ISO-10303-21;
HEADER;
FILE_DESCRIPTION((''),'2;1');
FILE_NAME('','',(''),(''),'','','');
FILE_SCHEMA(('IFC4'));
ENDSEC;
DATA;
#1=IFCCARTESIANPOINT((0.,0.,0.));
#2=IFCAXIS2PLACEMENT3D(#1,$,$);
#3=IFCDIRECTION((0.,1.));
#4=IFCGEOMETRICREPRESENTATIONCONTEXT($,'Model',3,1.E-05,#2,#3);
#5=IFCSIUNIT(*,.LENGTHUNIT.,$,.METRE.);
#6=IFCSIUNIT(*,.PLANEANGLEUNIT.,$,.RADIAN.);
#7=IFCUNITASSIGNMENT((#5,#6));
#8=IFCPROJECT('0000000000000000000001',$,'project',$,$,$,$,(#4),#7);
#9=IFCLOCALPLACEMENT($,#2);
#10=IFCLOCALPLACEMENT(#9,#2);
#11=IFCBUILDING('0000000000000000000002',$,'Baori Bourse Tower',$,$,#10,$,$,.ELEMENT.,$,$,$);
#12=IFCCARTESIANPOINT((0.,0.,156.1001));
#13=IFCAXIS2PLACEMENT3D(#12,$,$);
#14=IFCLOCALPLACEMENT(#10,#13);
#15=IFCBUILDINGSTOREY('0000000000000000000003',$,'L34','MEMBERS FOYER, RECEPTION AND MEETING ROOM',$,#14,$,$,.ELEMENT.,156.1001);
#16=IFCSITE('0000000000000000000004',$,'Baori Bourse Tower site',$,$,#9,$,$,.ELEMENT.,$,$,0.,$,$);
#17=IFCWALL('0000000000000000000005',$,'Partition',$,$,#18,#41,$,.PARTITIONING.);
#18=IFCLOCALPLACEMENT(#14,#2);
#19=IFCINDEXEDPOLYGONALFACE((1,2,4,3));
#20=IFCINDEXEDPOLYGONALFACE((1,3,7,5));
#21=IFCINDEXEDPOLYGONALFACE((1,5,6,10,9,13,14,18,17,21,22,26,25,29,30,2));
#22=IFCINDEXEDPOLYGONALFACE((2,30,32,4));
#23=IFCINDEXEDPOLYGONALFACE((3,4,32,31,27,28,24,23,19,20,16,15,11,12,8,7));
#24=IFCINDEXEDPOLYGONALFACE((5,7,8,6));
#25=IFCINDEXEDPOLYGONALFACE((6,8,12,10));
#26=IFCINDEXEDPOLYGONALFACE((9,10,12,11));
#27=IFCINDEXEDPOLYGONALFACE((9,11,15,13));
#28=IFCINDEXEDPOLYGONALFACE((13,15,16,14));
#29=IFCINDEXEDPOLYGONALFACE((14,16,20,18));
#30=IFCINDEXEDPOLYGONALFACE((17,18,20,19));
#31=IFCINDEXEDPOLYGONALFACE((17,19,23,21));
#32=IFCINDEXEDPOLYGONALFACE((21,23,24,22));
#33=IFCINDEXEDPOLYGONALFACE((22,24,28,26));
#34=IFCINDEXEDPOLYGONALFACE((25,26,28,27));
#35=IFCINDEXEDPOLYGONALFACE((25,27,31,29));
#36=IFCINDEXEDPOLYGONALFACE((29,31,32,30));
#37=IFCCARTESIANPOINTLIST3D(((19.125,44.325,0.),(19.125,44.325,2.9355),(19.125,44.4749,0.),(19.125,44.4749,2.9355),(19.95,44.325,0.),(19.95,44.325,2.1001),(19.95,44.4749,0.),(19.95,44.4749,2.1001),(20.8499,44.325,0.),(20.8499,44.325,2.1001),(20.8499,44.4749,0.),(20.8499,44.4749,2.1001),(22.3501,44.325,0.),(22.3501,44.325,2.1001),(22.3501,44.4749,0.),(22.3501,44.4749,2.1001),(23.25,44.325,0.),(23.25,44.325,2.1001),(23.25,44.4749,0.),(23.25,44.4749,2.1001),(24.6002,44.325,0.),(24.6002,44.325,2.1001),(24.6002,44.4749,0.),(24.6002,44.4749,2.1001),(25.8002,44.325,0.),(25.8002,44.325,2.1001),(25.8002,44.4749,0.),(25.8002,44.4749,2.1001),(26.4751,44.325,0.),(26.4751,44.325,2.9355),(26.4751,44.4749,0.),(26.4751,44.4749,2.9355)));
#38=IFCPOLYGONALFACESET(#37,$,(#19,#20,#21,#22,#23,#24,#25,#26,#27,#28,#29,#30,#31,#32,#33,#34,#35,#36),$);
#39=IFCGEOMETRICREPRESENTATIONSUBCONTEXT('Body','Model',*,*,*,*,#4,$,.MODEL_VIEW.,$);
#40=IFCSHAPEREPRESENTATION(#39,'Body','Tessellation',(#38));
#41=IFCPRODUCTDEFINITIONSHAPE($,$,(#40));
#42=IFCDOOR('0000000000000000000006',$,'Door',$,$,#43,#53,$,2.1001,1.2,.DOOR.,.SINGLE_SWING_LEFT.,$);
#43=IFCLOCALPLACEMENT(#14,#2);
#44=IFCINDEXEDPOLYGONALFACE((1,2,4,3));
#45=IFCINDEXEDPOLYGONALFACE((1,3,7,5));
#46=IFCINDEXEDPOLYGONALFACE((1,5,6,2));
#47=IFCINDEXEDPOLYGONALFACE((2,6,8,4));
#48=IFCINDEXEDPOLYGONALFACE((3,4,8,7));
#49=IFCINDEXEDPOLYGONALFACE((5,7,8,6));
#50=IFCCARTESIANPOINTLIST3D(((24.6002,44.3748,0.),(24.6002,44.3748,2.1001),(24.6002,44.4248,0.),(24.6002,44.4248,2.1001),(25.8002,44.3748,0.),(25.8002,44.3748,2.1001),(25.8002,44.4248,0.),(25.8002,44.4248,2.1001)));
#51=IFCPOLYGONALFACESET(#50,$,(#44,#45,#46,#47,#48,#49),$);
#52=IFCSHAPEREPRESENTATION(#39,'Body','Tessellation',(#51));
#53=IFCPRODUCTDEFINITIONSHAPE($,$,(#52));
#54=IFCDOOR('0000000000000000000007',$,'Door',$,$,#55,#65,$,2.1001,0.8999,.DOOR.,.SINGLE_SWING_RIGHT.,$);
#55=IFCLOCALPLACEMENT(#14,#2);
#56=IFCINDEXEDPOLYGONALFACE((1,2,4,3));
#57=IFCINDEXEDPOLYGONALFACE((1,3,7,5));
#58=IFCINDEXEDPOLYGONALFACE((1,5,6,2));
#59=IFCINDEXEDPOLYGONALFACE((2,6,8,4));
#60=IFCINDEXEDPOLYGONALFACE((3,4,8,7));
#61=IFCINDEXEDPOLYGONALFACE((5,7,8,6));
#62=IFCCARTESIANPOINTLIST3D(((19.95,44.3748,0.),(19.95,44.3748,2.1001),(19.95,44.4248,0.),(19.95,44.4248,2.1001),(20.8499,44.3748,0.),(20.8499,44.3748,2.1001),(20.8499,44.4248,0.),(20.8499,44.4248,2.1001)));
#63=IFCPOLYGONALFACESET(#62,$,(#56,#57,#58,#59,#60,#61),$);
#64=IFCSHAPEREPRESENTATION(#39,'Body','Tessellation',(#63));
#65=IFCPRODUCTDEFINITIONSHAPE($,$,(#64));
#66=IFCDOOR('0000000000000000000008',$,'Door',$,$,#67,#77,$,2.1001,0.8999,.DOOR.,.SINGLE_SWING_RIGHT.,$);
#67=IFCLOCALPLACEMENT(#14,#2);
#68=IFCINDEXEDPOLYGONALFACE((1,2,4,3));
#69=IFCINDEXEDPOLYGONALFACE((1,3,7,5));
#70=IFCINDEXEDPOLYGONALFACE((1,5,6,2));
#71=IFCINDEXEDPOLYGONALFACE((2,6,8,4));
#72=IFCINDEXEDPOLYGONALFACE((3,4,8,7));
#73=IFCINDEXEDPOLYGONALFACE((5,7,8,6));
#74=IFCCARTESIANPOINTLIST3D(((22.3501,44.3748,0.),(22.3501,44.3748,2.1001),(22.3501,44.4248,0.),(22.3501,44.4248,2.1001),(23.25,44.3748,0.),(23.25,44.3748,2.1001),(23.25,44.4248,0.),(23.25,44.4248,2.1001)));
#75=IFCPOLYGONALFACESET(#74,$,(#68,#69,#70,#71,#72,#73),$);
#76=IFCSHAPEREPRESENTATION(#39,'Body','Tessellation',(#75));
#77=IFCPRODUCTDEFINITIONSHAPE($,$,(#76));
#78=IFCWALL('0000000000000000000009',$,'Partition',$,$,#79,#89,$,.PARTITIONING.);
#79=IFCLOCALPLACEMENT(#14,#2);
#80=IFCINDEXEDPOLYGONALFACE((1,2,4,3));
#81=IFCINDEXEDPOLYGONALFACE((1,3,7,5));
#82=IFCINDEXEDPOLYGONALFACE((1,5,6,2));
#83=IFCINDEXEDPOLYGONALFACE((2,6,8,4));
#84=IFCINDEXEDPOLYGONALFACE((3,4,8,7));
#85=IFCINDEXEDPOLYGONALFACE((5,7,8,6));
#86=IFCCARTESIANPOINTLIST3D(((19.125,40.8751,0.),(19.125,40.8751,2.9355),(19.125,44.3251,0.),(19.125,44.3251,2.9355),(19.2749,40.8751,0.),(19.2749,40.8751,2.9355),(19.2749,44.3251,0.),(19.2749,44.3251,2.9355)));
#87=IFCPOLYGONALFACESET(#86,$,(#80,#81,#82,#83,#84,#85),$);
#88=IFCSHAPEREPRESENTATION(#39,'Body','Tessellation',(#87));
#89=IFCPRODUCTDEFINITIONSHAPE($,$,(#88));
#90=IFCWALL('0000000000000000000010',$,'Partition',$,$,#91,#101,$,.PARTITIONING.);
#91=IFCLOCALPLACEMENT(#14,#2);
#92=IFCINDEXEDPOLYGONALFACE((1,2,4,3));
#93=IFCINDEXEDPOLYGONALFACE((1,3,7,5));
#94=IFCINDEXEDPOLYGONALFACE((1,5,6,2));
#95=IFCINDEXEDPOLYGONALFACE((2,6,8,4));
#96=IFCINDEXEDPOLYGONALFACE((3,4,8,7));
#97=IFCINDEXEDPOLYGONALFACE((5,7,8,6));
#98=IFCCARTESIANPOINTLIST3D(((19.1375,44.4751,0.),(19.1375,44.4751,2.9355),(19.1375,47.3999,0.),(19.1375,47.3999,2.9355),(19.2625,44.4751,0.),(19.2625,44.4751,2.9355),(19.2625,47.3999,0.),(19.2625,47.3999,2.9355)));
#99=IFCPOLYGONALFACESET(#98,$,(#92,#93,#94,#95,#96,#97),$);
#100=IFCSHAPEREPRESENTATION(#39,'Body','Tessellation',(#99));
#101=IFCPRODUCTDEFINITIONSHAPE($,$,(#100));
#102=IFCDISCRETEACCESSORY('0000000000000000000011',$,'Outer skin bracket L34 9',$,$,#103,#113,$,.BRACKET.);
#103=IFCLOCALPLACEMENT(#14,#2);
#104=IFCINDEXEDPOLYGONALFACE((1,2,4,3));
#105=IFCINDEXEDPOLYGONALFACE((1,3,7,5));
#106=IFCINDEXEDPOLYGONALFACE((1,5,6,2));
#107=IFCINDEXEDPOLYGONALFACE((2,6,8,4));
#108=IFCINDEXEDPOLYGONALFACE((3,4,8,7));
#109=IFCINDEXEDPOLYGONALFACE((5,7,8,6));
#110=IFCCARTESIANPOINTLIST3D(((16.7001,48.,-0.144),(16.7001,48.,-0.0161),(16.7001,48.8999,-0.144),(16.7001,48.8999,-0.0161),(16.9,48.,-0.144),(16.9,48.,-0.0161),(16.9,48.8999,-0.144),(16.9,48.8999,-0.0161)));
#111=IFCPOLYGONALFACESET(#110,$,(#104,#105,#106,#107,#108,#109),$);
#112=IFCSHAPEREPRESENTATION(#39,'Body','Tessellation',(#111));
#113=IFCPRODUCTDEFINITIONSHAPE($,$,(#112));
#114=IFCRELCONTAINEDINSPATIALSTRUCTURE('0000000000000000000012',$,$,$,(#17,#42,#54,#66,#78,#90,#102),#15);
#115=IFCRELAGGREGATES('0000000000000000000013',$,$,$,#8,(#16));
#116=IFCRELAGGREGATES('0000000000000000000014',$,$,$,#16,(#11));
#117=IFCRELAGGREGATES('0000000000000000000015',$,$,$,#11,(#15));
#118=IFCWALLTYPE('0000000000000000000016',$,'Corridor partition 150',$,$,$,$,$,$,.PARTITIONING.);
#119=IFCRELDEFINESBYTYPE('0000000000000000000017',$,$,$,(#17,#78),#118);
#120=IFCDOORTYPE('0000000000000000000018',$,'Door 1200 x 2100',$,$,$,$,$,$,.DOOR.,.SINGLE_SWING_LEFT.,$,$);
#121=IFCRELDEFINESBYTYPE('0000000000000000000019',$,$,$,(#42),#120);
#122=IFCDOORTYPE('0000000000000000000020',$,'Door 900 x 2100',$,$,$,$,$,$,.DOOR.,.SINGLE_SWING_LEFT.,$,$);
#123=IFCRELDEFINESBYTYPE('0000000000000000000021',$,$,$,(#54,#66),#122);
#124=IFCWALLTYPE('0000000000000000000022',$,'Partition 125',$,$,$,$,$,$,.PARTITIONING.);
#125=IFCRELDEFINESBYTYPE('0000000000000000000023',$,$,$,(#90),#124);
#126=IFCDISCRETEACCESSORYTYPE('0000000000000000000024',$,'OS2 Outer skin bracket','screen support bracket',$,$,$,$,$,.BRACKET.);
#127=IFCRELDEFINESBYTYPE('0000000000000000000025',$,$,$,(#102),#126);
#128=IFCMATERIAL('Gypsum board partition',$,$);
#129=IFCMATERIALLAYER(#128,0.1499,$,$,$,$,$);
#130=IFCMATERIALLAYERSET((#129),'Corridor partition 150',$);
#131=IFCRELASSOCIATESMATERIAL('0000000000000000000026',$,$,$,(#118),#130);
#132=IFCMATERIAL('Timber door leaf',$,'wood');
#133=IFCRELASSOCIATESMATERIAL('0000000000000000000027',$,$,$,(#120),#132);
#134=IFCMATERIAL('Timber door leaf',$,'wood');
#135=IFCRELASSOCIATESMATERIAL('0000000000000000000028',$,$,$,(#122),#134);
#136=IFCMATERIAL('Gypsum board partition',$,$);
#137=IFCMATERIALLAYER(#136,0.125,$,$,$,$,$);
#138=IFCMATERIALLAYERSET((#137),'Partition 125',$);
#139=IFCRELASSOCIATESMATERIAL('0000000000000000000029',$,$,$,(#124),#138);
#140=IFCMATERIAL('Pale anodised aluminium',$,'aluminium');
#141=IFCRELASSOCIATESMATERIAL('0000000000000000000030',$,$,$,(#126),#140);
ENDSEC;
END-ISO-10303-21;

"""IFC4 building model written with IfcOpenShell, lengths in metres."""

from ifc_helpers import new_model, si_unit, direction, frame, frame_2d, origin, origin_2d, place, context, subcontext, project, spatial, rectangle, extrude, material, layer, layer_set, type_object, element, fill, save


model = new_model("IFC4")

# Units and contexts
model_context = context("Model", 3, precision=1e-05, world=origin(), true_north=direction((0.0, 1.0)))
body_context = subcontext(model_context, "Body", "Model", "MODEL_VIEW")
ifc_project = project(units=[si_unit("LENGTHUNIT", "METRE"), si_unit("PLANEANGLEUNIT", "RADIAN")], contexts=[model_context])

# Site, building, storey
site_placement = place(None, origin())
site = spatial("IfcSite", under=ifc_project, at=site_placement, Name="Baori Bourse Tower site", CompositionType="ELEMENT", RefElevation=0.0)
building_placement = place(site_placement, origin())
building = spatial("IfcBuilding", under=site, at=building_placement, Name="Baori Bourse Tower", CompositionType="ELEMENT")
storey_placement = place(building_placement, frame((0.0, 0.0, 156.1001)))
storey = spatial("IfcBuildingStorey", under=building, at=storey_placement, Name="L34", Description="MEMBERS FOYER, RECEPTION AND MEETING ROOM", CompositionType="ELEMENT", Elevation=156.1001)

# Wall, openings, doors
ifc_material_1 = material(Name="Gypsum board partition")
ifc_layer_1 = layer(ifc_material_1, 0.1499)
ifc_layer_set_1 = layer_set([ifc_layer_1], Name="Corridor partition 150")
wall_type_1 = type_object("IfcWallType", Name="Corridor partition 150", PredefinedType="PARTITIONING", material=ifc_layer_set_1)
wall_1_placement = place(storey_placement, frame((19.125, 44.3999, 0.0), z_axis=(0.0, 0.0, 1.0), x_axis=(1.0, 0.0, 0.0)))
wall_1 = element("IfcWall", 1, at=wall_1_placement, inside=storey, type_object=wall_type_1, Name="Partition", PredefinedType="PARTITIONING", context=body_context, shape_type="SweptSolid", body=[
    extrude(rectangle(XDim=7.3501, YDim=0.1499, at=frame_2d((3.675, 0.0))), origin(), (0.0, 0.0, 1.0), 2.9355),
])
opening_1_placement = place(wall_1_placement, frame((0.825, 0.0, 0.0)))
opening_1 = element("IfcOpeningElement", 2, at=opening_1_placement, cuts=wall_1, PredefinedType="OPENING", context=body_context, shape_type="SweptSolid", body=[
    extrude(rectangle(XDim=0.8999, YDim=2.1001, at=frame_2d((0.45, 1.05))), frame((0.0, 0.085, 0.0), z_axis=(0.0, -1.0, 0.0), x_axis=(1.0, 0.0, 0.0)), (0.0, 0.0, 1.0), 0.1699),
])
opening_2_placement = place(wall_1_placement, frame((3.2251, 0.0, 0.0)))
opening_2 = element("IfcOpeningElement", 3, at=opening_2_placement, cuts=wall_1, PredefinedType="OPENING", context=body_context, shape_type="SweptSolid", body=[
    extrude(rectangle(XDim=0.8999, YDim=2.1001, at=frame_2d((0.45, 1.05))), frame((0.0, 0.085, 0.0), z_axis=(0.0, -1.0, 0.0), x_axis=(1.0, 0.0, 0.0)), (0.0, 0.0, 1.0), 0.1699),
])
opening_3_placement = place(wall_1_placement, frame((5.4751, 0.0, 0.0)))
opening_3 = element("IfcOpeningElement", 4, at=opening_3_placement, cuts=wall_1, PredefinedType="OPENING", context=body_context, shape_type="SweptSolid", body=[
    extrude(rectangle(XDim=1.2, YDim=2.1001, at=frame_2d((0.6001, 1.05))), frame((0.0, 0.085, 0.0), z_axis=(0.0, -1.0, 0.0), x_axis=(1.0, 0.0, 0.0)), (0.0, 0.0, 1.0), 0.1699),
])
ifc_material_2 = material(Name="Timber door leaf", Category="wood")
door_type_1 = type_object("IfcDoorType", Name="Door 1200 x 2100", OperationType="SINGLE_SWING_LEFT", PredefinedType="DOOR", material=ifc_material_2)
door_1_placement = place(opening_3_placement, origin())
door_1 = element("IfcDoor", 5, at=door_1_placement, inside=storey, type_object=door_type_1, Name="Door", OperationType="SINGLE_SWING_LEFT", OverallHeight=2.1001, OverallWidth=1.2, PredefinedType="DOOR", context=body_context, shape_type="SweptSolid", body=[
    extrude(rectangle(XDim=1.2, YDim=2.1001, at=frame_2d((0.6001, 1.05))), frame((0.0, 0.0249, 0.0), z_axis=(0.0, -1.0, 0.0), x_axis=(1.0, 0.0, 0.0)), (0.0, 0.0, 1.0), 0.05),
])
fill(opening_3, door_1)
ifc_material_3 = material(Name="Timber door leaf", Category="wood")
door_type_2 = type_object("IfcDoorType", Name="Door 900 x 2100", OperationType="SINGLE_SWING_LEFT", PredefinedType="DOOR", material=ifc_material_3)
door_2_placement = place(opening_1_placement, origin())
door_2 = element("IfcDoor", 6, at=door_2_placement, inside=storey, type_object=door_type_2, Name="Door", OperationType="SINGLE_SWING_RIGHT", OverallHeight=2.1001, OverallWidth=0.8999, PredefinedType="DOOR", context=body_context, shape_type="SweptSolid", body=[
    extrude(rectangle(XDim=0.8999, YDim=2.1001, at=frame_2d((0.45, 1.05))), frame((0.0, 0.0249, 0.0), z_axis=(0.0, -1.0, 0.0), x_axis=(1.0, 0.0, 0.0)), (0.0, 0.0, 1.0), 0.05),
])
fill(opening_1, door_2)
door_3_placement = place(opening_2_placement, origin())
door_3 = element("IfcDoor", 7, at=door_3_placement, inside=storey, type_object=door_type_2, Name="Door", OperationType="SINGLE_SWING_RIGHT", OverallHeight=2.1001, OverallWidth=0.8999, PredefinedType="DOOR", context=body_context, shape_type="SweptSolid", body=[
    extrude(rectangle(XDim=0.8999, YDim=2.1001, at=frame_2d((0.45, 1.05))), frame((0.0, 0.0249, 0.0), z_axis=(0.0, -1.0, 0.0), x_axis=(1.0, 0.0, 0.0)), (0.0, 0.0, 1.0), 0.05),
])
fill(opening_2, door_3)

# Walls
wall_2_placement = place(storey_placement, frame((19.2, 40.875, 0.0), z_axis=(0.0, 0.0, 1.0), x_axis=(0.0, 1.0, 0.0)))
element("IfcWall", 8, at=wall_2_placement, inside=storey, type_object=wall_type_1, Name="Partition", PredefinedType="PARTITIONING", context=body_context, shape_type="SweptSolid", body=[
    extrude(rectangle(XDim=3.45, YDim=0.1499, at=frame_2d((1.7251, 0.0))), origin(), (0.0, 0.0, 1.0), 2.9355),
])
ifc_material_4 = material(Name="Gypsum board partition")
ifc_layer_2 = layer(ifc_material_4, 0.125)
ifc_layer_set_2 = layer_set([ifc_layer_2], Name="Partition 125")
wall_type_2 = type_object("IfcWallType", Name="Partition 125", PredefinedType="PARTITIONING", material=ifc_layer_set_2)
wall_3_placement = place(storey_placement, frame((19.2, 44.4751, 0.0), z_axis=(0.0, 0.0, 1.0), x_axis=(0.0, 1.0, 0.0)))
element("IfcWall", 9, at=wall_3_placement, inside=storey, type_object=wall_type_2, Name="Partition", PredefinedType="PARTITIONING", context=body_context, shape_type="SweptSolid", body=[
    extrude(rectangle(XDim=2.9248, YDim=0.125, at=frame_2d((1.4624, 0.0))), origin(), (0.0, 0.0, 1.0), 2.9355),
])

# Discrete accessory
ifc_material_5 = material(Name="Pale anodised aluminium", Category="aluminium")
discrete_accessory_type = type_object("IfcDiscreteAccessoryType", Name="OS2 Outer skin bracket", Description="screen support bracket", PredefinedType="BRACKET", material=ifc_material_5)
discrete_accessory_placement = place(storey_placement, frame((16.8, 48.45, -0.144), z_axis=(0.0, 0.0, 1.0), x_axis=(-1.0, 0.0, 0.0)))
element("IfcDiscreteAccessory", 10, at=discrete_accessory_placement, inside=storey, type_object=discrete_accessory_type, Name="Outer skin bracket L34 9", PredefinedType="BRACKET", context=body_context, shape_type="SweptSolid", body=[
    extrude(rectangle(XDim=0.2, YDim=0.8999, at=origin_2d()), origin(), (0.0, 0.0, 1.0), 0.1279),
])

save(model, "model.ifc")
